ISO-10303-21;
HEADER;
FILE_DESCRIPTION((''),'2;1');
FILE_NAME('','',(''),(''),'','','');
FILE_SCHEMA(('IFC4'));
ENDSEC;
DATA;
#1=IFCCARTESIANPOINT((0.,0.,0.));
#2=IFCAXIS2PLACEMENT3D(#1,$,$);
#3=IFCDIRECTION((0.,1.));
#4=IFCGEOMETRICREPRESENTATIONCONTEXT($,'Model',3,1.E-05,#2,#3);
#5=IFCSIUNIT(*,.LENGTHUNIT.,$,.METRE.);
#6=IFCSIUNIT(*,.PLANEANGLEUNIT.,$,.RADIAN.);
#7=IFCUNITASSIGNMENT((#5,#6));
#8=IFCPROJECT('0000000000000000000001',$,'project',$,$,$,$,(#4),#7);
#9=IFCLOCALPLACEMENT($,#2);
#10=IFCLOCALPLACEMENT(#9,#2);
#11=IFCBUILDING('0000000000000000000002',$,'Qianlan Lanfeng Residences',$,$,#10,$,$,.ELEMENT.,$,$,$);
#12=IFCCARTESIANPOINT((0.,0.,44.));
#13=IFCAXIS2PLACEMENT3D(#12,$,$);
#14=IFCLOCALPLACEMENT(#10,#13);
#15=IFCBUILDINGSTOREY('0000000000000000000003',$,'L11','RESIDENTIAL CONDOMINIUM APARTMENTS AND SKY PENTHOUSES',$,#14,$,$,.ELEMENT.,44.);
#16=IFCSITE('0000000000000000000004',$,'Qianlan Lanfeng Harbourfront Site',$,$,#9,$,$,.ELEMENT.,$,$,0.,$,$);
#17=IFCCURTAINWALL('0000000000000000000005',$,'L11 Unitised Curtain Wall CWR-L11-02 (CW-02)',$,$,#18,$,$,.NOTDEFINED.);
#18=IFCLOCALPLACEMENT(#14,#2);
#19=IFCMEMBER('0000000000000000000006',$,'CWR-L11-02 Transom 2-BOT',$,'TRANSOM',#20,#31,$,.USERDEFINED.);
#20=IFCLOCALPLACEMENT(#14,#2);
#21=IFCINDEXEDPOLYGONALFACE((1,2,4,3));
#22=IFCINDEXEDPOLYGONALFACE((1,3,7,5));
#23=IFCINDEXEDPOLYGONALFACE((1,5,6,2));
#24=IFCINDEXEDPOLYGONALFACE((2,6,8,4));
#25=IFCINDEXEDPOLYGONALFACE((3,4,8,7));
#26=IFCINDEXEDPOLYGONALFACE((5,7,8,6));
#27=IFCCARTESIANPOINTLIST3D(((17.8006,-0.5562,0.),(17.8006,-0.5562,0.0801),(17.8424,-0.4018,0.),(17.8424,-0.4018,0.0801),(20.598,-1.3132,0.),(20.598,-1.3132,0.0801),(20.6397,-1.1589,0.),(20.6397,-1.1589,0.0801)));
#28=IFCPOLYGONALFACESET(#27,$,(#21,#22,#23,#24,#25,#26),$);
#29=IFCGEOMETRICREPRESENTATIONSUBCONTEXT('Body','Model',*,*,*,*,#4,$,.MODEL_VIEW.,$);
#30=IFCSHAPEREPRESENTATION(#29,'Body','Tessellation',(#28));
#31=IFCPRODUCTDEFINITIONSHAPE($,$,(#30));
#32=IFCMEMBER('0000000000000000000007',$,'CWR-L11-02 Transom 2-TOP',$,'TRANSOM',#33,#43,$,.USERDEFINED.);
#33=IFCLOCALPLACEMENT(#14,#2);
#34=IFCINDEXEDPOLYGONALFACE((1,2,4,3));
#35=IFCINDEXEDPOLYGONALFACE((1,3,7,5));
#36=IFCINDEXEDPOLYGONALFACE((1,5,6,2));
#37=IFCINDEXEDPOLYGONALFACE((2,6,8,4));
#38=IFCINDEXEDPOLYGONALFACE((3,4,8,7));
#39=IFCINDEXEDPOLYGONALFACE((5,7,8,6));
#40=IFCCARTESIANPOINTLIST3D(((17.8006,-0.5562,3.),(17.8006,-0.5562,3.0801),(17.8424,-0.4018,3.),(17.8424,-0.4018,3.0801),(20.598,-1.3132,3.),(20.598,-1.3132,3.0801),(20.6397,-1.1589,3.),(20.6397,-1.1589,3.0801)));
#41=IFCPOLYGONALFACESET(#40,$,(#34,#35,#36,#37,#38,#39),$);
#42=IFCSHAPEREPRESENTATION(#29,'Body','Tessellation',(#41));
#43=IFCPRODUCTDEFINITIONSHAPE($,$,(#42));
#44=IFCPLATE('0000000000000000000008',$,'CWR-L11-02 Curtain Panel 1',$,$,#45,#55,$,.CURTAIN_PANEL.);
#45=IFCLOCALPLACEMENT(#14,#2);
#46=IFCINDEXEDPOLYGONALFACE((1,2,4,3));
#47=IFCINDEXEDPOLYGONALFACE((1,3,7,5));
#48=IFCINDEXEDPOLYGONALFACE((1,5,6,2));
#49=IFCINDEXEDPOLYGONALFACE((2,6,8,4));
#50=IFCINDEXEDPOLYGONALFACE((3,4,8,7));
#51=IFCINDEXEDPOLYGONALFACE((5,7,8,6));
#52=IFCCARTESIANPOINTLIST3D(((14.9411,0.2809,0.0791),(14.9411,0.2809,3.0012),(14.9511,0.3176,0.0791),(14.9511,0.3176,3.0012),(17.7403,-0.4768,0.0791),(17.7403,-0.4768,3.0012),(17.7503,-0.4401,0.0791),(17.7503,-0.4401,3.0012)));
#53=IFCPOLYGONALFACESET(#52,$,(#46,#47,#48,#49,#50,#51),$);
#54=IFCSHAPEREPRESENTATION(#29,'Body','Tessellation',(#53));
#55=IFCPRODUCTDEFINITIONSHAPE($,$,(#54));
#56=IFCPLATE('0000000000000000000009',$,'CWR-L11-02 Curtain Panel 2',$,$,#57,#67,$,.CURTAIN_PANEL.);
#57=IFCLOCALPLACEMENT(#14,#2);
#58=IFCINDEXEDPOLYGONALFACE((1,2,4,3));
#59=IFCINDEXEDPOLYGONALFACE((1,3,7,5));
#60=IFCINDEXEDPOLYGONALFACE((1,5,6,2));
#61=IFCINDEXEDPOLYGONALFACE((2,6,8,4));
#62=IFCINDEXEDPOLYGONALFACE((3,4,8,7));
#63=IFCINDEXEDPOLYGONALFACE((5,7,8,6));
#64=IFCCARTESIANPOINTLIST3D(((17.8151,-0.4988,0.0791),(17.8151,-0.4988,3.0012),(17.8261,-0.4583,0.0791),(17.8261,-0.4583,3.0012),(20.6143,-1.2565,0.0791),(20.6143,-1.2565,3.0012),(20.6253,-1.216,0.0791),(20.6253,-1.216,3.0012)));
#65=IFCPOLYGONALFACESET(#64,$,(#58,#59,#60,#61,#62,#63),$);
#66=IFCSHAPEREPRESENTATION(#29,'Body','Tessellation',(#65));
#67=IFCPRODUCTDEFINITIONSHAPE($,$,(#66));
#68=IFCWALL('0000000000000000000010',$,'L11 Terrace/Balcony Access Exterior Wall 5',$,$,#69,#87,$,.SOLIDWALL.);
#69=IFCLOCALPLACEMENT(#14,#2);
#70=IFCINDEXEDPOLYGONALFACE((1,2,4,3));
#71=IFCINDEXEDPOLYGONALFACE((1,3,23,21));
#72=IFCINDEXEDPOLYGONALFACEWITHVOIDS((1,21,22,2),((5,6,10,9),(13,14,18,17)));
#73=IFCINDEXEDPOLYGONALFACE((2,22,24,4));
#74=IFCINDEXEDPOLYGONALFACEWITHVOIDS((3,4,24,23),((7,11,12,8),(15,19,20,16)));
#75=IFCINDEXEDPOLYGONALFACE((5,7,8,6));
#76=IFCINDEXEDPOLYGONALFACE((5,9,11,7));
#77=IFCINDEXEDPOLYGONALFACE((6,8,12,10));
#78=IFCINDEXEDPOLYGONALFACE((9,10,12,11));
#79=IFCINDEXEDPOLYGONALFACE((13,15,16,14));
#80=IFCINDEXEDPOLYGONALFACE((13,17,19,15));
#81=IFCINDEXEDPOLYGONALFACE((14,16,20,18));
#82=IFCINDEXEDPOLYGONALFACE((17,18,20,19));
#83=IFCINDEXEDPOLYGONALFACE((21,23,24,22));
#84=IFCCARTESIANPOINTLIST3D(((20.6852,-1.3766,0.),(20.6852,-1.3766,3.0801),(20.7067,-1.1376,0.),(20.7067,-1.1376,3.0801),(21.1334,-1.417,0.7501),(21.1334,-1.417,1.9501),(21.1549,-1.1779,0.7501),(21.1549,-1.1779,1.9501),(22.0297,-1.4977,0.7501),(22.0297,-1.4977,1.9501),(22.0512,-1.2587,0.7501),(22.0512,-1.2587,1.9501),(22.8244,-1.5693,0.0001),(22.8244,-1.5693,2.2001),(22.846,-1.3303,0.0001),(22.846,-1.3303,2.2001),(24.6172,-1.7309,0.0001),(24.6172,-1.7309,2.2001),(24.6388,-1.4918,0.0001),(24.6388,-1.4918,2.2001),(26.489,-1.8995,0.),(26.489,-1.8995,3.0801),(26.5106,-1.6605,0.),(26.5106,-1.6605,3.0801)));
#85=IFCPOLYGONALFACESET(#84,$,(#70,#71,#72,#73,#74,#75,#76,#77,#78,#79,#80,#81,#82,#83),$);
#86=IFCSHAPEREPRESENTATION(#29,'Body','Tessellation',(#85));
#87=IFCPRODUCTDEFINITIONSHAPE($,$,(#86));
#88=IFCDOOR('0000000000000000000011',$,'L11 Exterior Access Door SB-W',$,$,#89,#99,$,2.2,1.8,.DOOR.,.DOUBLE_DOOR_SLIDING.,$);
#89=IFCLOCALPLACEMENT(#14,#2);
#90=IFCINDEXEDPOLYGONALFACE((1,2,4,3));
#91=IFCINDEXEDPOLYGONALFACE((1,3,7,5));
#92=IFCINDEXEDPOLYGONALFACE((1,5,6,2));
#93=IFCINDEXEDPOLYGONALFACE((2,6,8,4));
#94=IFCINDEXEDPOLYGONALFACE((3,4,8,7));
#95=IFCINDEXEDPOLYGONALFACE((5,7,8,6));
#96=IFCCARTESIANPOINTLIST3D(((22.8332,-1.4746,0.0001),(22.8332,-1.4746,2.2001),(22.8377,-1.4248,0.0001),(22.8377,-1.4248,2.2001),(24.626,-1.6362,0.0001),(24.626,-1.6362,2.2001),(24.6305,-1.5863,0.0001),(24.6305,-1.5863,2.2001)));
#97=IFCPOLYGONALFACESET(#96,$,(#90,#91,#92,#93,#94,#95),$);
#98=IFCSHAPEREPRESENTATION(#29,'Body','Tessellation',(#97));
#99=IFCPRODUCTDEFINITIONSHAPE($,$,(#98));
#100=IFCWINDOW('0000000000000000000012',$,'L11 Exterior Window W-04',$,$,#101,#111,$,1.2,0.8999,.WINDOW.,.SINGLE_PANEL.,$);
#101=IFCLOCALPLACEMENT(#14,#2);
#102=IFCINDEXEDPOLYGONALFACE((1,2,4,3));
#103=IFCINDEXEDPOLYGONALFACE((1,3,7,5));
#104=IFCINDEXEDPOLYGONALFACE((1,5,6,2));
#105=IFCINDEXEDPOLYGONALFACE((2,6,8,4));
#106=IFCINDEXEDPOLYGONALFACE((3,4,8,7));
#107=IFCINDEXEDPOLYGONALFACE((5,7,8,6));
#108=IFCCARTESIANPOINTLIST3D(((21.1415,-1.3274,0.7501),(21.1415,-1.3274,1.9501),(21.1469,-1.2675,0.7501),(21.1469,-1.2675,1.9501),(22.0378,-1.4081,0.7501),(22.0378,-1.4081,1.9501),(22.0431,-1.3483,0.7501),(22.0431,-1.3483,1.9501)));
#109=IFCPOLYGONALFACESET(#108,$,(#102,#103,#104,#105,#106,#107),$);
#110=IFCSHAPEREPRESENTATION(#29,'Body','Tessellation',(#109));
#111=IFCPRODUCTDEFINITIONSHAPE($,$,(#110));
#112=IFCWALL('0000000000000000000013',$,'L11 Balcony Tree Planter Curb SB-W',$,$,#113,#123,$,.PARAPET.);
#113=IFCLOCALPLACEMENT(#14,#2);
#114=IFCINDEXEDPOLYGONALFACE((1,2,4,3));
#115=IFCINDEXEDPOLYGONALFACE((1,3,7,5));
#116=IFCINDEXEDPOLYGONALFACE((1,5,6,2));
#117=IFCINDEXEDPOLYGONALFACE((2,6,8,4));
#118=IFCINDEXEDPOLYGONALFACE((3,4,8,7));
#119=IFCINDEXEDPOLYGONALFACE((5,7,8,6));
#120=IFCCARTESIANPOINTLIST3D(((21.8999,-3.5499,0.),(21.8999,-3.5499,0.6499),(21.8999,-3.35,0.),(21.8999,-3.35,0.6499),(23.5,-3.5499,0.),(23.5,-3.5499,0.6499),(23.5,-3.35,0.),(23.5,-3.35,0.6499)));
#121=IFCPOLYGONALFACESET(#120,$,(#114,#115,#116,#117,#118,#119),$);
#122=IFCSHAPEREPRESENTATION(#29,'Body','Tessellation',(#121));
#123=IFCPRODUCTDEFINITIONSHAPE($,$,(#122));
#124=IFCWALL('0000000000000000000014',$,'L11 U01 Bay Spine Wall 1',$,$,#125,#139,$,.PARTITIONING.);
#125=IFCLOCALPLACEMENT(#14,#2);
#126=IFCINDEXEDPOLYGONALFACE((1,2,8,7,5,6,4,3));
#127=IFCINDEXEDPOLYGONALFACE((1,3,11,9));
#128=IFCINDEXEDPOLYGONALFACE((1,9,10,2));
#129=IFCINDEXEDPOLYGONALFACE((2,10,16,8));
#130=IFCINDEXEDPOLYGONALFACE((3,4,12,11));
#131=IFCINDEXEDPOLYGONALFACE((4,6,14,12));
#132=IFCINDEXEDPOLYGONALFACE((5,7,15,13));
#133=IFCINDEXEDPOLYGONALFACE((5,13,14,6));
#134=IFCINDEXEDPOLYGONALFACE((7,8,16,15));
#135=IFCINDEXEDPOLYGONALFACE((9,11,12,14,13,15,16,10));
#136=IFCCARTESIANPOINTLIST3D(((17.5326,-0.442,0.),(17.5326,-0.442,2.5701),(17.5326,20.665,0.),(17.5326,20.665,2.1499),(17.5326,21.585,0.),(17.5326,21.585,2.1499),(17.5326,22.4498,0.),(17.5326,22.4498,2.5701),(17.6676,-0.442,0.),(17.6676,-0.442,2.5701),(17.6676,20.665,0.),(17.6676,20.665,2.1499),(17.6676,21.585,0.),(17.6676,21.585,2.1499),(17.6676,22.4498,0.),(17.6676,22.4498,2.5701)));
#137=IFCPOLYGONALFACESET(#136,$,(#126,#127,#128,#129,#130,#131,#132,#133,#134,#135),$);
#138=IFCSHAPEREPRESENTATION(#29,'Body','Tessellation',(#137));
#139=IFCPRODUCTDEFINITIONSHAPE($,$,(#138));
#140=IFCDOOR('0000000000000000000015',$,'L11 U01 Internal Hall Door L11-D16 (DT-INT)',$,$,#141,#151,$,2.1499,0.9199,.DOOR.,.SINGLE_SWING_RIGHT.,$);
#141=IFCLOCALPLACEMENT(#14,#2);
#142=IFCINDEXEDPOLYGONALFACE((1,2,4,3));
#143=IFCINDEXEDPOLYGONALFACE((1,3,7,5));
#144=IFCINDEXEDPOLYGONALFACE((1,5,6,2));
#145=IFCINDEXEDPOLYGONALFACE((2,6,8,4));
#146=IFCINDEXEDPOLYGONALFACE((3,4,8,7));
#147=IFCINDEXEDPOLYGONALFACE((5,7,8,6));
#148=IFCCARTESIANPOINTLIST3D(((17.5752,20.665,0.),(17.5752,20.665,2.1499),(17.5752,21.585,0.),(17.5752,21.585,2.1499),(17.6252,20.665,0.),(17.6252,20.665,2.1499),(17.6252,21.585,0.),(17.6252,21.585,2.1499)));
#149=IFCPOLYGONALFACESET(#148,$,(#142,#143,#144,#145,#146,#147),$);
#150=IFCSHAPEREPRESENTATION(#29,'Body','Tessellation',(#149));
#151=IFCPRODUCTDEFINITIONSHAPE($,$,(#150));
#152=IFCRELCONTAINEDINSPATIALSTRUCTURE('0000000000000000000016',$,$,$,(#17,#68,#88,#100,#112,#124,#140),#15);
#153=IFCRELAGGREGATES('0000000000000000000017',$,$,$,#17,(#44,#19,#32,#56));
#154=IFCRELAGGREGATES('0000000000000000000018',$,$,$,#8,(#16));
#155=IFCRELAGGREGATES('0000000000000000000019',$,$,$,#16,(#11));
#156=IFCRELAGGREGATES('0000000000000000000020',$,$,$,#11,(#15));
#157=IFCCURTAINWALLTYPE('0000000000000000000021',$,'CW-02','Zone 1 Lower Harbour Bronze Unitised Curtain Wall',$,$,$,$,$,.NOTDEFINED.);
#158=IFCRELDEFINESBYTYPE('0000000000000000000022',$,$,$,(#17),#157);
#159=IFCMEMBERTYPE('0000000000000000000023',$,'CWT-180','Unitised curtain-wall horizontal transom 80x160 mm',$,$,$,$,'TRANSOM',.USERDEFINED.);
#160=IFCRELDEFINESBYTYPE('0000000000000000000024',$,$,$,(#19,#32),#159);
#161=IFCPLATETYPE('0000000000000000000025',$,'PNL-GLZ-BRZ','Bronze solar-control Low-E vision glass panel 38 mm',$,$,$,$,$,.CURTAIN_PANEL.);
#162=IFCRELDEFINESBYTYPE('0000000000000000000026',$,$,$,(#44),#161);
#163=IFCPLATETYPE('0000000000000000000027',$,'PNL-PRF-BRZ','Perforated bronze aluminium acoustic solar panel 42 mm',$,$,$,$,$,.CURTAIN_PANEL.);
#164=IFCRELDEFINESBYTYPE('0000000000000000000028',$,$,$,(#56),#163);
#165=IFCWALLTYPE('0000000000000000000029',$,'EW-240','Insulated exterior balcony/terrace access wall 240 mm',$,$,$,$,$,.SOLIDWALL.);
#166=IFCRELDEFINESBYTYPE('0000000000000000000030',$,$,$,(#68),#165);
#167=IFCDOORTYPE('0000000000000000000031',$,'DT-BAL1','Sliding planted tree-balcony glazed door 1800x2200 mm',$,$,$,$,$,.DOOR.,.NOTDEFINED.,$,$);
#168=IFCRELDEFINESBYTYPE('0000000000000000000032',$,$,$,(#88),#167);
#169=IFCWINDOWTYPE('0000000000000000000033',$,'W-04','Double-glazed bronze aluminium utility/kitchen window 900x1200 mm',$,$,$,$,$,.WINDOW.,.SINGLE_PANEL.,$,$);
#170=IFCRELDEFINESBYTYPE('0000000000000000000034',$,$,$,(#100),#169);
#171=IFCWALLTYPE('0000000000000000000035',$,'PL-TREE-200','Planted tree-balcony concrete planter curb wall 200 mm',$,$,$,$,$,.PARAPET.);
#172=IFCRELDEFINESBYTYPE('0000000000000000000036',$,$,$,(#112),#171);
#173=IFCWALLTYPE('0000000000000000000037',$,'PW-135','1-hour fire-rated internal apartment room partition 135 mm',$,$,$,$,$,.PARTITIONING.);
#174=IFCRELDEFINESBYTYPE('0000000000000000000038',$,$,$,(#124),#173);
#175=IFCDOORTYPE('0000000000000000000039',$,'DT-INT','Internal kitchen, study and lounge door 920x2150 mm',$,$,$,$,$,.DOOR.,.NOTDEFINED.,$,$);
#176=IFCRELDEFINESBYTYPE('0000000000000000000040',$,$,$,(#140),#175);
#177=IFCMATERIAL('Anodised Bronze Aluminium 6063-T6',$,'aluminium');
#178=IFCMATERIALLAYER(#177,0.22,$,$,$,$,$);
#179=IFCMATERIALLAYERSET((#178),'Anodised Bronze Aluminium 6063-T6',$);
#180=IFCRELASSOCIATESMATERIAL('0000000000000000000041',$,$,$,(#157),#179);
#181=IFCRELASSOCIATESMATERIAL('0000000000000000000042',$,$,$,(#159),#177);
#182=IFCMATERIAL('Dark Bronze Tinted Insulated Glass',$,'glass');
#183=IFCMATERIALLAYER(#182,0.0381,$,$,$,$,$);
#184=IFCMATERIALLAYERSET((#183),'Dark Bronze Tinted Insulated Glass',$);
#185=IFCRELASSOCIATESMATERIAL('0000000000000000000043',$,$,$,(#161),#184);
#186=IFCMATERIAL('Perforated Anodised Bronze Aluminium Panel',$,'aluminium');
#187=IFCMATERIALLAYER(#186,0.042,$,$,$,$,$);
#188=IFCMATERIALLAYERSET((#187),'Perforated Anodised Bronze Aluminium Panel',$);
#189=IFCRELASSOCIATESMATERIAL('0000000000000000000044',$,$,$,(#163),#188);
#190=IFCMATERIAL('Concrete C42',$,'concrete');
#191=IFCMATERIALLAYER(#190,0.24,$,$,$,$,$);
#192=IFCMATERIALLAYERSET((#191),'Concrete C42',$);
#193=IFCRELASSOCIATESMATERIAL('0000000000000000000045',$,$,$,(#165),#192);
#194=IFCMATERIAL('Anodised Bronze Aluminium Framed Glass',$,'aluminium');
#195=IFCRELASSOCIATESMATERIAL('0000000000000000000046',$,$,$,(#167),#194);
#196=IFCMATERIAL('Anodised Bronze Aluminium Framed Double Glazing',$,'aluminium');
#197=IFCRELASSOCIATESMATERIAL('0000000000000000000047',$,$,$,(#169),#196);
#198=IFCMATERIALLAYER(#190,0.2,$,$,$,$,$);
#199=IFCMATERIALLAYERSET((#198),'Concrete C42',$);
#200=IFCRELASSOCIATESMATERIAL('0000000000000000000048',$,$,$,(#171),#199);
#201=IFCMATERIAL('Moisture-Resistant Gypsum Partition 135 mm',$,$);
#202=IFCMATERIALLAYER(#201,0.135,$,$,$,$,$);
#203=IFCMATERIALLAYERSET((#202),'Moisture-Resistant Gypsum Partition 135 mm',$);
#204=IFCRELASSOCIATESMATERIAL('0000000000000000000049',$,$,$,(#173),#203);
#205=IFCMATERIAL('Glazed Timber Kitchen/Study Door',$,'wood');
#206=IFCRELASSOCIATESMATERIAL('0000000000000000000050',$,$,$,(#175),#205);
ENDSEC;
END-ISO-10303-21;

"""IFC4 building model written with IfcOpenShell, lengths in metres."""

from ifc_helpers import new_model, si_unit, direction, frame, frame_2d, origin, origin_2d, place, context, subcontext, project, spatial, rectangle, extrude, source, transform, mapped, material, layer, layer_set, material_profile, profile_set, type_object, element, fill, aggregate, save


model = new_model("IFC4")

# Units and contexts
model_context = context("Model", 3, precision=1e-05, world=origin(), true_north=direction((0.0, 1.0)))
body_context = subcontext(model_context, "Body", "Model", "MODEL_VIEW")
ifc_project = project(units=[si_unit("LENGTHUNIT", "METRE"), si_unit("PLANEANGLEUNIT", "RADIAN")], contexts=[model_context])

# Site, building, storey
site_placement = place(None, origin())
site = spatial("IfcSite", under=ifc_project, at=site_placement, Name="Qianlan Lanfeng Harbourfront Site", CompositionType="ELEMENT", RefElevation=0.0)
building_placement = place(site_placement, origin())
building = spatial("IfcBuilding", under=site, at=building_placement, Name="Qianlan Lanfeng Residences", CompositionType="ELEMENT")
storey_placement = place(building_placement, frame((0.0, 0.0, 44.0)))
storey = spatial("IfcBuildingStorey", under=building, at=storey_placement, Name="L11", Description="RESIDENTIAL CONDOMINIUM APARTMENTS AND SKY PENTHOUSES", CompositionType="ELEMENT", Elevation=44.0)

# Curtain wall, members, plates
ifc_material_1 = material(Name="Anodised Bronze Aluminium 6063-T6", Category="aluminium")
ifc_layer_1 = layer(ifc_material_1, 0.22)
ifc_layer_set_1 = layer_set([ifc_layer_1], Name="Anodised Bronze Aluminium 6063-T6")
curtain_wall_type = type_object("IfcCurtainWallType", Name="CW-02", Description="Zone 1 Lower Harbour Bronze Unitised Curtain Wall", PredefinedType="NOTDEFINED", material=ifc_layer_set_1)
curtain_wall_placement = place(storey_placement, origin())
curtain_wall = element("IfcCurtainWall", 1, at=curtain_wall_placement, inside=storey, type_object=curtain_wall_type, Name="L11 Unitised Curtain Wall CWR-L11-02 (CW-02)", PredefinedType="NOTDEFINED")
ifc_material_profile_1 = material_profile(ifc_material_1, rectangle(XDim=0.0801, YDim=0.1599, at=origin_2d()), Name="ALU TRANSOM 80x160")
ifc_profile_set_1 = profile_set([ifc_material_profile_1], Name="Anodised Bronze Aluminium 6063-T6")
member_type_1 = type_object("IfcMemberType", Name="CWT-180", Description="Unitised curtain-wall horizontal transom 80x160 mm", ElementType="TRANSOM", PredefinedType="USERDEFINED", material=ifc_profile_set_1)
shared_shape_1 = source(origin(), body_context, "Body", "SweptSolid", [
    extrude(rectangle(XDim=0.0801, YDim=0.1599, at=origin_2d()), origin(), (0.0, 0.0, 1.0), 2.8979),
])
member_1_placement = place(storey_placement, frame((17.8215, -0.479, 0.04), z_axis=(0.965273, -0.261242, 0.0), x_axis=(0.0, 0.0, 1.0)))
member_1 = element("IfcMember", 2, at=member_1_placement, type_object=member_type_1, Name="CWR-L11-02 Transom 2-BOT", ObjectType="TRANSOM", PredefinedType="USERDEFINED", context=body_context, shape_type="MappedRepresentation", body=[
    mapped(shared_shape_1, transform((0.0, 0.0, 0.0), scale=1.0)),
])
member_2_placement = place(storey_placement, frame((17.8215, -0.479, 3.04), z_axis=(0.965273, -0.261242, 0.0), x_axis=(0.0, 0.0, 1.0)))
member_2 = element("IfcMember", 3, at=member_2_placement, type_object=member_type_1, Name="CWR-L11-02 Transom 2-TOP", ObjectType="TRANSOM", PredefinedType="USERDEFINED", context=body_context, shape_type="MappedRepresentation", body=[
    mapped(shared_shape_1, transform((0.0, 0.0, 0.0), scale=1.0)),
])
ifc_material_2 = material(Name="Dark Bronze Tinted Insulated Glass", Category="glass")
ifc_layer_2 = layer(ifc_material_2, 0.0381)
ifc_layer_set_2 = layer_set([ifc_layer_2], Name="Dark Bronze Tinted Insulated Glass")
plate_type_1 = type_object("IfcPlateType", Name="PNL-GLZ-BRZ", Description="Bronze solar-control Low-E vision glass panel 38 mm", PredefinedType="CURTAIN_PANEL", material=ifc_layer_set_2)
shared_shape_2 = source(origin(), body_context, "Body", "SweptSolid", [
    extrude(rectangle(XDim=2.8999, YDim=0.0381, at=origin_2d()), origin(), (0.0, 0.0, 1.0), 2.9221),
])
plate_1_placement = place(storey_placement, frame((16.3457, -0.0796, 0.0791), z_axis=(0.0, 0.0, 1.0), x_axis=(0.965263, -0.261281, 0.0)))
plate_1 = element("IfcPlate", 4, at=plate_1_placement, type_object=plate_type_1, Name="CWR-L11-02 Curtain Panel 1", PredefinedType="CURTAIN_PANEL", context=body_context, shape_type="MappedRepresentation", body=[
    mapped(shared_shape_2, transform((0.0, 0.0, 0.0), scale=1.0)),
])
ifc_material_3 = material(Name="Perforated Anodised Bronze Aluminium Panel", Category="aluminium")
ifc_layer_3 = layer(ifc_material_3, 0.042)
ifc_layer_set_3 = layer_set([ifc_layer_3], Name="Perforated Anodised Bronze Aluminium Panel")
plate_type_2 = type_object("IfcPlateType", Name="PNL-PRF-BRZ", Description="Perforated bronze aluminium acoustic solar panel 42 mm", PredefinedType="CURTAIN_PANEL", material=ifc_layer_set_3)
shared_shape_3 = source(origin(), body_context, "Body", "SweptSolid", [
    extrude(rectangle(XDim=2.8999, YDim=0.042, at=origin_2d()), origin(), (0.0, 0.0, 1.0), 2.9221),
])
plate_2_placement = place(storey_placement, frame((19.2202, -0.8574, 0.0791), z_axis=(0.0, 0.0, 1.0), x_axis=(0.965263, -0.261281, 0.0)))
plate_2 = element("IfcPlate", 5, at=plate_2_placement, type_object=plate_type_2, Name="CWR-L11-02 Curtain Panel 2", PredefinedType="CURTAIN_PANEL", context=body_context, shape_type="MappedRepresentation", body=[
    mapped(shared_shape_3, transform((0.0, 0.0, 0.0), scale=1.0)),
])
aggregate(curtain_wall, [plate_1, member_1, member_2, plate_2])

# Wall, openings, door, window
ifc_material_4 = material(Name="Concrete C42", Category="concrete")
ifc_layer_4 = layer(ifc_material_4, 0.24)
ifc_layer_set_4 = layer_set([ifc_layer_4], Name="Concrete C42")
wall_type_1 = type_object("IfcWallType", Name="EW-240", Description="Insulated exterior balcony/terrace access wall 240 mm", PredefinedType="SOLIDWALL", material=ifc_layer_set_4)
wall_1_placement = place(storey_placement, frame((20.696, -1.2571, 0.0), z_axis=(0.0, 0.0, 1.0), x_axis=(0.995965, -0.089739, 0.0)))
wall_1 = element("IfcWall", 6, at=wall_1_placement, inside=storey, type_object=wall_type_1, Name="L11 Terrace/Balcony Access Exterior Wall 5", PredefinedType="SOLIDWALL", context=body_context, shape_type="SweptSolid", body=[
    extrude(rectangle(XDim=5.8274, YDim=0.24, at=frame_2d((2.9136, 0.0))), origin(), (0.0, 0.0, 1.0), 3.0801),
])
opening_1_placement = place(wall_1_placement, frame((2.1479, 0.0, 0.0)))
opening_1 = element("IfcOpeningElement", 7, at=opening_1_placement, cuts=wall_1, PredefinedType="OPENING", context=body_context, shape_type="SweptSolid", body=[
    extrude(rectangle(XDim=1.8, YDim=2.2, at=frame_2d((0.8999, 1.1001))), frame((0.0, 0.1299, 0.0), z_axis=(0.0, -1.0, 0.0), x_axis=(1.0, 0.0, 0.0)), (0.0, 0.0, 1.0), 0.26),
])
opening_2_placement = place(wall_1_placement, frame((0.45, 0.0, 0.75)))
opening_2 = element("IfcOpeningElement", 8, at=opening_2_placement, cuts=wall_1, PredefinedType="OPENING", context=body_context, shape_type="SweptSolid", body=[
    extrude(rectangle(XDim=0.8999, YDim=1.2, at=frame_2d((0.45, 0.6001))), frame((0.0, 0.1299, 0.0), z_axis=(0.0, -1.0, 0.0), x_axis=(1.0, 0.0, 0.0)), (0.0, 0.0, 1.0), 0.26),
])
ifc_material_5 = material(Name="Anodised Bronze Aluminium Framed Glass", Category="aluminium")
door_type_1 = type_object("IfcDoorType", Name="DT-BAL1", Description="Sliding planted tree-balcony glazed door 1800x2200 mm", OperationType="NOTDEFINED", PredefinedType="DOOR", material=ifc_material_5)
door_1_placement = place(opening_1_placement, frame((1.8, 0.0, 0.0), z_axis=(0.0, 0.0, 1.0), x_axis=(-1.0, 0.0, 0.0)))
door_1 = element("IfcDoor", 9, at=door_1_placement, inside=storey, type_object=door_type_1, Name="L11 Exterior Access Door SB-W", OperationType="DOUBLE_DOOR_SLIDING", OverallHeight=2.2, OverallWidth=1.8, PredefinedType="DOOR", context=body_context, shape_type="SweptSolid", body=[
    extrude(rectangle(XDim=1.8, YDim=2.2, at=frame_2d((0.8999, 1.1001))), frame((0.0, 0.0249, 0.0), z_axis=(0.0, -1.0, 0.0), x_axis=(1.0, 0.0, 0.0)), (0.0, 0.0, 1.0), 0.05),
])
fill(opening_1, door_1)
ifc_material_6 = material(Name="Anodised Bronze Aluminium Framed Double Glazing", Category="aluminium")
window_type = type_object("IfcWindowType", Name="W-04", Description="Double-glazed bronze aluminium utility/kitchen window 900x1200 mm", PartitioningType="SINGLE_PANEL", PredefinedType="WINDOW", material=ifc_material_6)
window_placement = place(opening_2_placement, origin())
window = element("IfcWindow", 10, at=window_placement, inside=storey, type_object=window_type, Name="L11 Exterior Window W-04", OverallHeight=1.2, OverallWidth=0.8999, PartitioningType="SINGLE_PANEL", PredefinedType="WINDOW", context=body_context, shape_type="SweptSolid", body=[
    extrude(rectangle(XDim=0.8999, YDim=1.2, at=frame_2d((0.45, 0.6001))), frame((0.0, 0.03, 0.0), z_axis=(0.0, -1.0, 0.0), x_axis=(1.0, 0.0, 0.0)), (0.0, 0.0, 1.0), 0.0601),
])
fill(opening_2, window)

# Wall
ifc_layer_5 = layer(ifc_material_4, 0.2)
ifc_layer_set_5 = layer_set([ifc_layer_5], Name="Concrete C42")
wall_type_2 = type_object("IfcWallType", Name="PL-TREE-200", Description="Planted tree-balcony concrete planter curb wall 200 mm", PredefinedType="PARAPET", material=ifc_layer_set_5)
wall_2_placement = place(storey_placement, frame((21.8999, -3.45, 0.0), z_axis=(0.0, 0.0, 1.0), x_axis=(1.0, 0.0, 0.0)))
element("IfcWall", 11, at=wall_2_placement, inside=storey, type_object=wall_type_2, Name="L11 Balcony Tree Planter Curb SB-W", PredefinedType="PARAPET", context=body_context, shape_type="SweptSolid", body=[
    extrude(rectangle(XDim=1.6001, YDim=0.2, at=frame_2d((0.8, 0.0))), origin(), (0.0, 0.0, 1.0), 0.6499),
])

# Wall, opening, door
ifc_material_7 = material(Name="Moisture-Resistant Gypsum Partition 135 mm")
ifc_layer_6 = layer(ifc_material_7, 0.135)
ifc_layer_set_6 = layer_set([ifc_layer_6], Name="Moisture-Resistant Gypsum Partition 135 mm")
wall_type_3 = type_object("IfcWallType", Name="PW-135", Description="1-hour fire-rated internal apartment room partition 135 mm", PredefinedType="PARTITIONING", material=ifc_layer_set_6)
wall_3_placement = place(storey_placement, frame((17.6001, -0.4419, 0.0), z_axis=(0.0, 0.0, 1.0), x_axis=(0.0, 1.0, 0.0)))
wall_3 = element("IfcWall", 12, at=wall_3_placement, inside=storey, type_object=wall_type_3, Name="L11 U01 Bay Spine Wall 1", PredefinedType="PARTITIONING", context=body_context, shape_type="SweptSolid", body=[
    extrude(rectangle(XDim=22.8918, YDim=0.135, at=frame_2d((11.4458, 0.0))), origin(), (0.0, 0.0, 1.0), 2.5701),
])
opening_3_placement = place(wall_3_placement, frame((21.1069, 0.0, 0.0)))
opening_3 = element("IfcOpeningElement", 13, at=opening_3_placement, cuts=wall_3, PredefinedType="OPENING", context=body_context, shape_type="SweptSolid", body=[
    extrude(rectangle(XDim=0.9199, YDim=2.1499, at=frame_2d((0.46, 1.075))), frame((0.0, 0.0776, 0.0), z_axis=(0.0, -1.0, 0.0), x_axis=(1.0, 0.0, 0.0)), (0.0, 0.0, 1.0), 0.155),
])
ifc_material_8 = material(Name="Glazed Timber Kitchen/Study Door", Category="wood")
door_type_2 = type_object("IfcDoorType", Name="DT-INT", Description="Internal kitchen, study and lounge door 920x2150 mm", OperationType="NOTDEFINED", PredefinedType="DOOR", material=ifc_material_8)
door_2_placement = place(opening_3_placement, origin())
door_2 = element("IfcDoor", 14, at=door_2_placement, inside=storey, type_object=door_type_2, Name="L11 U01 Internal Hall Door L11-D16 (DT-INT)", OperationType="SINGLE_SWING_RIGHT", OverallHeight=2.1499, OverallWidth=0.9199, PredefinedType="DOOR", context=body_context, shape_type="SweptSolid", body=[
    extrude(rectangle(XDim=0.9199, YDim=2.1499, at=frame_2d((0.46, 1.075))), frame((0.0, 0.0249, 0.0), z_axis=(0.0, -1.0, 0.0), x_axis=(1.0, 0.0, 0.0)), (0.0, 0.0, 1.0), 0.05),
])
fill(opening_3, door_2)

save(model, "model.ifc")
